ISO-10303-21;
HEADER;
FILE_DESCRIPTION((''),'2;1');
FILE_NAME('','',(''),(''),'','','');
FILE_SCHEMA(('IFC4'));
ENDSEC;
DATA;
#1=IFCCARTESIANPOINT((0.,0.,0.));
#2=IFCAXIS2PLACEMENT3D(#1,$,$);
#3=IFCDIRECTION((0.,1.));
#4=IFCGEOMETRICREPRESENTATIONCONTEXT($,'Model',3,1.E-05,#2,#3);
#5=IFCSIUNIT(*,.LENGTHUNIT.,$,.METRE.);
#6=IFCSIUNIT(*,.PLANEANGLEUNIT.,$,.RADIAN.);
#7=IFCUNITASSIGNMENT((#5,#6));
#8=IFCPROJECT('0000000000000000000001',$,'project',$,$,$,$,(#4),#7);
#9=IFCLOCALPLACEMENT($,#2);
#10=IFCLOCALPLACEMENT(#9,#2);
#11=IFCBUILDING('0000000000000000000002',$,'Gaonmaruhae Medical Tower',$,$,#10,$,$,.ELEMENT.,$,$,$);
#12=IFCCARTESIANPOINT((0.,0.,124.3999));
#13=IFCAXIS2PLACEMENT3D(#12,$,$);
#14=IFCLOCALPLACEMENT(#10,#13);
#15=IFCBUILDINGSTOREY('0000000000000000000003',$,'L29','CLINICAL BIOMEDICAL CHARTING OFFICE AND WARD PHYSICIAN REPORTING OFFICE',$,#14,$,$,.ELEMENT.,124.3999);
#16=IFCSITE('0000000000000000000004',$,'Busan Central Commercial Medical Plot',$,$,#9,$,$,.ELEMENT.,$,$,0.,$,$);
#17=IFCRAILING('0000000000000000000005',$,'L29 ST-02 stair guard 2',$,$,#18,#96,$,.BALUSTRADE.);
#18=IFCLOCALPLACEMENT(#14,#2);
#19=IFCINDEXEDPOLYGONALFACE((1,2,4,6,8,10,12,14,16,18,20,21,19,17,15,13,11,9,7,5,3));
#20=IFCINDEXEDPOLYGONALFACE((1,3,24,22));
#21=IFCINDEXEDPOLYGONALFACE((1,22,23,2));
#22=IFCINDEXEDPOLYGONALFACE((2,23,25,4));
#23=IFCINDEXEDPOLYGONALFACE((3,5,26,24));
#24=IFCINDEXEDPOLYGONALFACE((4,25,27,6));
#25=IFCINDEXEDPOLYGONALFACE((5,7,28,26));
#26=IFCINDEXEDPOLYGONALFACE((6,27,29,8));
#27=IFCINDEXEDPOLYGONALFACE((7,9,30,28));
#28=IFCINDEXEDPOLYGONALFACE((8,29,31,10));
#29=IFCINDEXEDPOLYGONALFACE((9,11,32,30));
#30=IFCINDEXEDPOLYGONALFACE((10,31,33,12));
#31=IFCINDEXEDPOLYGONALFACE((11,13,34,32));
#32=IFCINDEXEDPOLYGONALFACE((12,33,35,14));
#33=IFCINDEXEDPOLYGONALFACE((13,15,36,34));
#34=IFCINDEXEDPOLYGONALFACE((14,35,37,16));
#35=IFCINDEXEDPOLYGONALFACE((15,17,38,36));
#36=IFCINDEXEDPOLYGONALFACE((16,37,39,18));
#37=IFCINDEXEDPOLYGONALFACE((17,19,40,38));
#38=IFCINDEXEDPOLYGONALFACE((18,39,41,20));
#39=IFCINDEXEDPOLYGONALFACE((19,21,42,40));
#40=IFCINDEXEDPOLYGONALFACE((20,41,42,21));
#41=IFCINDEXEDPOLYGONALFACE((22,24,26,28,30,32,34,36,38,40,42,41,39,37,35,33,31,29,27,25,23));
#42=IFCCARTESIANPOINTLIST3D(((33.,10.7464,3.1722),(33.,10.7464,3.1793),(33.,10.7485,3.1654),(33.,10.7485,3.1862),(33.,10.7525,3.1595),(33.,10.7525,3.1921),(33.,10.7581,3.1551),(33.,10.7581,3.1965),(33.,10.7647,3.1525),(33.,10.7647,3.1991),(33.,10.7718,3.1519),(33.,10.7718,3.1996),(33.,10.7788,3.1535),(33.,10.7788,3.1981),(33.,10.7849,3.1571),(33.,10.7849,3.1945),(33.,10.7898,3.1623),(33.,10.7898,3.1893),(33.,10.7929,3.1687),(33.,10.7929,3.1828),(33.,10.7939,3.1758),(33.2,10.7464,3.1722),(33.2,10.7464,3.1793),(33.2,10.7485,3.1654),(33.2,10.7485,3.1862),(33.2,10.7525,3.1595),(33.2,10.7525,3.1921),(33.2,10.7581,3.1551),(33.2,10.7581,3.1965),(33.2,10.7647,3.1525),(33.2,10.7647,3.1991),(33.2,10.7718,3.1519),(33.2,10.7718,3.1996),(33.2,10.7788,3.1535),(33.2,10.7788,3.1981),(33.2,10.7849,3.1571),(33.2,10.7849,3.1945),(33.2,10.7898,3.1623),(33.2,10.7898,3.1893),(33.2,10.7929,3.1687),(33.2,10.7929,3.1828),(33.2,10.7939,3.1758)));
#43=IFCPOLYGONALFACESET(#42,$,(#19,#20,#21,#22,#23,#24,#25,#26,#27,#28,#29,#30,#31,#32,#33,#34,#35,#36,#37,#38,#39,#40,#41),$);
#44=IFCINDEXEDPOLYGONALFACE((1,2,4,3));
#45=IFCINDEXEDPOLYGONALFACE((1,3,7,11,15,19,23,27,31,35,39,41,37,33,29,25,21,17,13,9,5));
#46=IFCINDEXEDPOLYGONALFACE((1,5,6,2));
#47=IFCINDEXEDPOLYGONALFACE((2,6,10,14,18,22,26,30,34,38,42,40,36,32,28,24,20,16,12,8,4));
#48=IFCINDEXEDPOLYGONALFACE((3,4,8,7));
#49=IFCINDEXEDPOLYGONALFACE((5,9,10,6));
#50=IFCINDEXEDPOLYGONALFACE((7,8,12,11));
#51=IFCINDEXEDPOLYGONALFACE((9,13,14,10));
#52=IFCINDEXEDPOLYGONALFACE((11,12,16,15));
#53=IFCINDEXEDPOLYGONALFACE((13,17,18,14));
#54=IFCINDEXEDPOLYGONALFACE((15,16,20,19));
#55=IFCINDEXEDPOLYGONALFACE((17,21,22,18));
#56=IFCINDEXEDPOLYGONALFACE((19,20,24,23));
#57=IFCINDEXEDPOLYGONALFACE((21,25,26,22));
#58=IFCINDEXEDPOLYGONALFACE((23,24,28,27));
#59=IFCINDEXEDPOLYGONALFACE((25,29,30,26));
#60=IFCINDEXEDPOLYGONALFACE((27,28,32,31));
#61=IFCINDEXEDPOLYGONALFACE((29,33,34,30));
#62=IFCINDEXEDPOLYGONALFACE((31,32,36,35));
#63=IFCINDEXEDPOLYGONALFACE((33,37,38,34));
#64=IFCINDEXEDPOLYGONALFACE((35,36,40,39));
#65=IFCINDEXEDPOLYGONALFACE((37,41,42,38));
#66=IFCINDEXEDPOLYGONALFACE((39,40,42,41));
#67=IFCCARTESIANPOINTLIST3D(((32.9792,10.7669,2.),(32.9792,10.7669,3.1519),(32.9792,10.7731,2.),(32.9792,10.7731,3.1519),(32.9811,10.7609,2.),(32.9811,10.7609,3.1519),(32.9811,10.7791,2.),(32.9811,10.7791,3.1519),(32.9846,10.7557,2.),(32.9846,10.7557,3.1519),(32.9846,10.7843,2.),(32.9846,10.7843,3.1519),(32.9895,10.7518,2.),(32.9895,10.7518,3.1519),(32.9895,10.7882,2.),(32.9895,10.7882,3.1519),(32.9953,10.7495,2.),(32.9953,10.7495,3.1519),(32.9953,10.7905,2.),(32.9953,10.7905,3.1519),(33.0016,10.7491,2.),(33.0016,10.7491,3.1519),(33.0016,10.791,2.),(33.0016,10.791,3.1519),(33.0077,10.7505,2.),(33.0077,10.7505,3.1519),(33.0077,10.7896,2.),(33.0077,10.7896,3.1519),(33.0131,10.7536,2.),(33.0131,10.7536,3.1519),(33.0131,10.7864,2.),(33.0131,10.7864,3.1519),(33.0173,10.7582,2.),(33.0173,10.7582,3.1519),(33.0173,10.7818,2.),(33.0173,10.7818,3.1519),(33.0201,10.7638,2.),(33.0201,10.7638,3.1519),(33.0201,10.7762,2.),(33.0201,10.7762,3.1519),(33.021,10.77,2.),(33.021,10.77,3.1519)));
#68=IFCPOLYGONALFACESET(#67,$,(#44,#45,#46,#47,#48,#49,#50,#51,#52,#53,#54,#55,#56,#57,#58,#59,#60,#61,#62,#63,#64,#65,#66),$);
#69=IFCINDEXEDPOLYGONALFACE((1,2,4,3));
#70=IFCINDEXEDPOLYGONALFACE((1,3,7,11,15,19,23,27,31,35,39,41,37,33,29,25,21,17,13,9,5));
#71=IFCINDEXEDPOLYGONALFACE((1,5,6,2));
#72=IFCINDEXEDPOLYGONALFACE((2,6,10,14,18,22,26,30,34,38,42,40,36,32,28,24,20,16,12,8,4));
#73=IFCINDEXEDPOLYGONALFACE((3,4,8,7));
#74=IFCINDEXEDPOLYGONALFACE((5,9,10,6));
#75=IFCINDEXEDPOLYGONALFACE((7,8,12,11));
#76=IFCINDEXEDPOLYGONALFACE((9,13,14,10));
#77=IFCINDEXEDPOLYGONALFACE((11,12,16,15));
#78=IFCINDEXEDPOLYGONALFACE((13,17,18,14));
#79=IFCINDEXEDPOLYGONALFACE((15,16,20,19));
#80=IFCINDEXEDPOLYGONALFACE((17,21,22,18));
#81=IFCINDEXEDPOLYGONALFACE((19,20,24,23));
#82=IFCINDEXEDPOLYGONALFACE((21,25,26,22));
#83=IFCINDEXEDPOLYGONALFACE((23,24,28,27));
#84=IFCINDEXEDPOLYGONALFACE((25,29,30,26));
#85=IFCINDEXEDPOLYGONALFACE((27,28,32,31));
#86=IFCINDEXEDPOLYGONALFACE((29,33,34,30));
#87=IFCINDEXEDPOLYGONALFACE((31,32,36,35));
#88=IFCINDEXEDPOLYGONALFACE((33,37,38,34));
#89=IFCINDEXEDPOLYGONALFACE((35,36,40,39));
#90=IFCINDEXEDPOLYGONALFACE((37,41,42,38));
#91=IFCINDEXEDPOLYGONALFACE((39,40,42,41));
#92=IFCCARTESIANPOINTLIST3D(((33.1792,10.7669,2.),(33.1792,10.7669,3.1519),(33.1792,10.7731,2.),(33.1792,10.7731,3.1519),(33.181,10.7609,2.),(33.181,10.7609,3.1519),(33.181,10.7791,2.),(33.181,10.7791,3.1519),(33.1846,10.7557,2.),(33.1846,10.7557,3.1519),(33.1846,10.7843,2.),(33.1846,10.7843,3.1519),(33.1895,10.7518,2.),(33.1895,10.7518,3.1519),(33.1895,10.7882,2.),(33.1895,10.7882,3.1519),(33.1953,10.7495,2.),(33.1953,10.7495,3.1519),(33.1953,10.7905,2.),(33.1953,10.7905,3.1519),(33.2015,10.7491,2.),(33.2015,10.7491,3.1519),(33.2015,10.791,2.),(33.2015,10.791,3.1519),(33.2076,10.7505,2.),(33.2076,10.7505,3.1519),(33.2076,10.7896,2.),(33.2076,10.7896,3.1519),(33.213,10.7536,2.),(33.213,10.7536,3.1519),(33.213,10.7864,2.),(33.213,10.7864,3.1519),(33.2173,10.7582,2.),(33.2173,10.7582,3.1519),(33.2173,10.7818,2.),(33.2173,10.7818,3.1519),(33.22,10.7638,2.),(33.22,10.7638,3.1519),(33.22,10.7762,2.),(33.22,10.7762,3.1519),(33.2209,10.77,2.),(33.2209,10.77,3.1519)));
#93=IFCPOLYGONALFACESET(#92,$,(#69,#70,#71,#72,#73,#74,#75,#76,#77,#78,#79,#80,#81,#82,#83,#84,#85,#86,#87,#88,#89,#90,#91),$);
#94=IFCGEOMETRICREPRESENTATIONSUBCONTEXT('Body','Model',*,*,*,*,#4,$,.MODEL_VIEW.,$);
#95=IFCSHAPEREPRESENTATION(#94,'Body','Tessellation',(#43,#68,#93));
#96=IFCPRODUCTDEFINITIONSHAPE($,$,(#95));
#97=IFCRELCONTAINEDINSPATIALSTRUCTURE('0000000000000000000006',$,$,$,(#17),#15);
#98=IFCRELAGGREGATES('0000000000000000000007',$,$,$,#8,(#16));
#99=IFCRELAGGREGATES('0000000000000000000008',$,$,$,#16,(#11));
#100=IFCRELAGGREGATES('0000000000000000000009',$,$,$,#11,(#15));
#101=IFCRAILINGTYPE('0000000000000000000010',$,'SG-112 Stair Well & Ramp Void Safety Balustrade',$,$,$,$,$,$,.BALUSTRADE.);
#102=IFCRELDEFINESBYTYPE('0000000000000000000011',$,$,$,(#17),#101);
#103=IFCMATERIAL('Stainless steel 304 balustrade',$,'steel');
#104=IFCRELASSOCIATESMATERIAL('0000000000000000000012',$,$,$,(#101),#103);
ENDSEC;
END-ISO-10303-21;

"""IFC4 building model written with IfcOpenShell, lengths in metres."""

from ifc_helpers import new_model, si_unit, direction, frame, origin, origin_2d, place, context, subcontext, project, spatial, circle, extrude, material, type_object, element, save


model = new_model("IFC4")

# Units and contexts
model_context = context("Model", 3, precision=1e-05, world=origin(), true_north=direction((0.0, 1.0)))
body_context = subcontext(model_context, "Body", "Model", "MODEL_VIEW")
ifc_project = project(units=[si_unit("LENGTHUNIT", "METRE"), si_unit("PLANEANGLEUNIT", "RADIAN")], contexts=[model_context])

# Site, building, storey
site_placement = place(None, origin())
site = spatial("IfcSite", under=ifc_project, at=site_placement, Name="Busan Central Commercial Medical Plot", CompositionType="ELEMENT", RefElevation=0.0)
building_placement = place(site_placement, origin())
building = spatial("IfcBuilding", under=site, at=building_placement, Name="Gaonmaruhae Medical Tower", CompositionType="ELEMENT")
storey_placement = place(building_placement, frame((0.0, 0.0, 124.3999)))
storey = spatial("IfcBuildingStorey", under=building, at=storey_placement, Name="L29", Description="CLINICAL BIOMEDICAL CHARTING OFFICE AND WARD PHYSICIAN REPORTING OFFICE", CompositionType="ELEMENT", Elevation=124.3999)

# Railing
ifc_material_1 = material(Name="Stainless steel 304 balustrade", Category="steel")
railing_type_1 = type_object("IfcRailingType", Name="SG-112 Stair Well & Ramp Void Safety Balustrade", PredefinedType="BALUSTRADE", material=ifc_material_1)
railing_1_placement = place(storey_placement, frame((33.0, 10.77, 2.0)))
element("IfcRailing", 1, at=railing_1_placement, inside=storey, type_object=railing_type_1, Name="L29 ST-02 stair guard 2", PredefinedType="BALUSTRADE", context=body_context, shape_type="SweptSolid", body=[
    extrude(circle(Radius=0.0239, at=origin_2d()), frame((0.0, 0.0, 1.1758), z_axis=(1.0, 0.0, 0.0), x_axis=(0.0, 1.0, 0.0)), (0.0, 0.0, 1.0), 0.2),
    extrude(circle(Radius=0.021, at=origin_2d()), origin(), (0.0, 0.0, 1.0), 1.1519),
    extrude(circle(Radius=0.021, at=origin_2d()), frame((0.2, 0.0, 0.0)), (0.0, 0.0, 1.0), 1.1519),
])

save(model, "model.ifc")
